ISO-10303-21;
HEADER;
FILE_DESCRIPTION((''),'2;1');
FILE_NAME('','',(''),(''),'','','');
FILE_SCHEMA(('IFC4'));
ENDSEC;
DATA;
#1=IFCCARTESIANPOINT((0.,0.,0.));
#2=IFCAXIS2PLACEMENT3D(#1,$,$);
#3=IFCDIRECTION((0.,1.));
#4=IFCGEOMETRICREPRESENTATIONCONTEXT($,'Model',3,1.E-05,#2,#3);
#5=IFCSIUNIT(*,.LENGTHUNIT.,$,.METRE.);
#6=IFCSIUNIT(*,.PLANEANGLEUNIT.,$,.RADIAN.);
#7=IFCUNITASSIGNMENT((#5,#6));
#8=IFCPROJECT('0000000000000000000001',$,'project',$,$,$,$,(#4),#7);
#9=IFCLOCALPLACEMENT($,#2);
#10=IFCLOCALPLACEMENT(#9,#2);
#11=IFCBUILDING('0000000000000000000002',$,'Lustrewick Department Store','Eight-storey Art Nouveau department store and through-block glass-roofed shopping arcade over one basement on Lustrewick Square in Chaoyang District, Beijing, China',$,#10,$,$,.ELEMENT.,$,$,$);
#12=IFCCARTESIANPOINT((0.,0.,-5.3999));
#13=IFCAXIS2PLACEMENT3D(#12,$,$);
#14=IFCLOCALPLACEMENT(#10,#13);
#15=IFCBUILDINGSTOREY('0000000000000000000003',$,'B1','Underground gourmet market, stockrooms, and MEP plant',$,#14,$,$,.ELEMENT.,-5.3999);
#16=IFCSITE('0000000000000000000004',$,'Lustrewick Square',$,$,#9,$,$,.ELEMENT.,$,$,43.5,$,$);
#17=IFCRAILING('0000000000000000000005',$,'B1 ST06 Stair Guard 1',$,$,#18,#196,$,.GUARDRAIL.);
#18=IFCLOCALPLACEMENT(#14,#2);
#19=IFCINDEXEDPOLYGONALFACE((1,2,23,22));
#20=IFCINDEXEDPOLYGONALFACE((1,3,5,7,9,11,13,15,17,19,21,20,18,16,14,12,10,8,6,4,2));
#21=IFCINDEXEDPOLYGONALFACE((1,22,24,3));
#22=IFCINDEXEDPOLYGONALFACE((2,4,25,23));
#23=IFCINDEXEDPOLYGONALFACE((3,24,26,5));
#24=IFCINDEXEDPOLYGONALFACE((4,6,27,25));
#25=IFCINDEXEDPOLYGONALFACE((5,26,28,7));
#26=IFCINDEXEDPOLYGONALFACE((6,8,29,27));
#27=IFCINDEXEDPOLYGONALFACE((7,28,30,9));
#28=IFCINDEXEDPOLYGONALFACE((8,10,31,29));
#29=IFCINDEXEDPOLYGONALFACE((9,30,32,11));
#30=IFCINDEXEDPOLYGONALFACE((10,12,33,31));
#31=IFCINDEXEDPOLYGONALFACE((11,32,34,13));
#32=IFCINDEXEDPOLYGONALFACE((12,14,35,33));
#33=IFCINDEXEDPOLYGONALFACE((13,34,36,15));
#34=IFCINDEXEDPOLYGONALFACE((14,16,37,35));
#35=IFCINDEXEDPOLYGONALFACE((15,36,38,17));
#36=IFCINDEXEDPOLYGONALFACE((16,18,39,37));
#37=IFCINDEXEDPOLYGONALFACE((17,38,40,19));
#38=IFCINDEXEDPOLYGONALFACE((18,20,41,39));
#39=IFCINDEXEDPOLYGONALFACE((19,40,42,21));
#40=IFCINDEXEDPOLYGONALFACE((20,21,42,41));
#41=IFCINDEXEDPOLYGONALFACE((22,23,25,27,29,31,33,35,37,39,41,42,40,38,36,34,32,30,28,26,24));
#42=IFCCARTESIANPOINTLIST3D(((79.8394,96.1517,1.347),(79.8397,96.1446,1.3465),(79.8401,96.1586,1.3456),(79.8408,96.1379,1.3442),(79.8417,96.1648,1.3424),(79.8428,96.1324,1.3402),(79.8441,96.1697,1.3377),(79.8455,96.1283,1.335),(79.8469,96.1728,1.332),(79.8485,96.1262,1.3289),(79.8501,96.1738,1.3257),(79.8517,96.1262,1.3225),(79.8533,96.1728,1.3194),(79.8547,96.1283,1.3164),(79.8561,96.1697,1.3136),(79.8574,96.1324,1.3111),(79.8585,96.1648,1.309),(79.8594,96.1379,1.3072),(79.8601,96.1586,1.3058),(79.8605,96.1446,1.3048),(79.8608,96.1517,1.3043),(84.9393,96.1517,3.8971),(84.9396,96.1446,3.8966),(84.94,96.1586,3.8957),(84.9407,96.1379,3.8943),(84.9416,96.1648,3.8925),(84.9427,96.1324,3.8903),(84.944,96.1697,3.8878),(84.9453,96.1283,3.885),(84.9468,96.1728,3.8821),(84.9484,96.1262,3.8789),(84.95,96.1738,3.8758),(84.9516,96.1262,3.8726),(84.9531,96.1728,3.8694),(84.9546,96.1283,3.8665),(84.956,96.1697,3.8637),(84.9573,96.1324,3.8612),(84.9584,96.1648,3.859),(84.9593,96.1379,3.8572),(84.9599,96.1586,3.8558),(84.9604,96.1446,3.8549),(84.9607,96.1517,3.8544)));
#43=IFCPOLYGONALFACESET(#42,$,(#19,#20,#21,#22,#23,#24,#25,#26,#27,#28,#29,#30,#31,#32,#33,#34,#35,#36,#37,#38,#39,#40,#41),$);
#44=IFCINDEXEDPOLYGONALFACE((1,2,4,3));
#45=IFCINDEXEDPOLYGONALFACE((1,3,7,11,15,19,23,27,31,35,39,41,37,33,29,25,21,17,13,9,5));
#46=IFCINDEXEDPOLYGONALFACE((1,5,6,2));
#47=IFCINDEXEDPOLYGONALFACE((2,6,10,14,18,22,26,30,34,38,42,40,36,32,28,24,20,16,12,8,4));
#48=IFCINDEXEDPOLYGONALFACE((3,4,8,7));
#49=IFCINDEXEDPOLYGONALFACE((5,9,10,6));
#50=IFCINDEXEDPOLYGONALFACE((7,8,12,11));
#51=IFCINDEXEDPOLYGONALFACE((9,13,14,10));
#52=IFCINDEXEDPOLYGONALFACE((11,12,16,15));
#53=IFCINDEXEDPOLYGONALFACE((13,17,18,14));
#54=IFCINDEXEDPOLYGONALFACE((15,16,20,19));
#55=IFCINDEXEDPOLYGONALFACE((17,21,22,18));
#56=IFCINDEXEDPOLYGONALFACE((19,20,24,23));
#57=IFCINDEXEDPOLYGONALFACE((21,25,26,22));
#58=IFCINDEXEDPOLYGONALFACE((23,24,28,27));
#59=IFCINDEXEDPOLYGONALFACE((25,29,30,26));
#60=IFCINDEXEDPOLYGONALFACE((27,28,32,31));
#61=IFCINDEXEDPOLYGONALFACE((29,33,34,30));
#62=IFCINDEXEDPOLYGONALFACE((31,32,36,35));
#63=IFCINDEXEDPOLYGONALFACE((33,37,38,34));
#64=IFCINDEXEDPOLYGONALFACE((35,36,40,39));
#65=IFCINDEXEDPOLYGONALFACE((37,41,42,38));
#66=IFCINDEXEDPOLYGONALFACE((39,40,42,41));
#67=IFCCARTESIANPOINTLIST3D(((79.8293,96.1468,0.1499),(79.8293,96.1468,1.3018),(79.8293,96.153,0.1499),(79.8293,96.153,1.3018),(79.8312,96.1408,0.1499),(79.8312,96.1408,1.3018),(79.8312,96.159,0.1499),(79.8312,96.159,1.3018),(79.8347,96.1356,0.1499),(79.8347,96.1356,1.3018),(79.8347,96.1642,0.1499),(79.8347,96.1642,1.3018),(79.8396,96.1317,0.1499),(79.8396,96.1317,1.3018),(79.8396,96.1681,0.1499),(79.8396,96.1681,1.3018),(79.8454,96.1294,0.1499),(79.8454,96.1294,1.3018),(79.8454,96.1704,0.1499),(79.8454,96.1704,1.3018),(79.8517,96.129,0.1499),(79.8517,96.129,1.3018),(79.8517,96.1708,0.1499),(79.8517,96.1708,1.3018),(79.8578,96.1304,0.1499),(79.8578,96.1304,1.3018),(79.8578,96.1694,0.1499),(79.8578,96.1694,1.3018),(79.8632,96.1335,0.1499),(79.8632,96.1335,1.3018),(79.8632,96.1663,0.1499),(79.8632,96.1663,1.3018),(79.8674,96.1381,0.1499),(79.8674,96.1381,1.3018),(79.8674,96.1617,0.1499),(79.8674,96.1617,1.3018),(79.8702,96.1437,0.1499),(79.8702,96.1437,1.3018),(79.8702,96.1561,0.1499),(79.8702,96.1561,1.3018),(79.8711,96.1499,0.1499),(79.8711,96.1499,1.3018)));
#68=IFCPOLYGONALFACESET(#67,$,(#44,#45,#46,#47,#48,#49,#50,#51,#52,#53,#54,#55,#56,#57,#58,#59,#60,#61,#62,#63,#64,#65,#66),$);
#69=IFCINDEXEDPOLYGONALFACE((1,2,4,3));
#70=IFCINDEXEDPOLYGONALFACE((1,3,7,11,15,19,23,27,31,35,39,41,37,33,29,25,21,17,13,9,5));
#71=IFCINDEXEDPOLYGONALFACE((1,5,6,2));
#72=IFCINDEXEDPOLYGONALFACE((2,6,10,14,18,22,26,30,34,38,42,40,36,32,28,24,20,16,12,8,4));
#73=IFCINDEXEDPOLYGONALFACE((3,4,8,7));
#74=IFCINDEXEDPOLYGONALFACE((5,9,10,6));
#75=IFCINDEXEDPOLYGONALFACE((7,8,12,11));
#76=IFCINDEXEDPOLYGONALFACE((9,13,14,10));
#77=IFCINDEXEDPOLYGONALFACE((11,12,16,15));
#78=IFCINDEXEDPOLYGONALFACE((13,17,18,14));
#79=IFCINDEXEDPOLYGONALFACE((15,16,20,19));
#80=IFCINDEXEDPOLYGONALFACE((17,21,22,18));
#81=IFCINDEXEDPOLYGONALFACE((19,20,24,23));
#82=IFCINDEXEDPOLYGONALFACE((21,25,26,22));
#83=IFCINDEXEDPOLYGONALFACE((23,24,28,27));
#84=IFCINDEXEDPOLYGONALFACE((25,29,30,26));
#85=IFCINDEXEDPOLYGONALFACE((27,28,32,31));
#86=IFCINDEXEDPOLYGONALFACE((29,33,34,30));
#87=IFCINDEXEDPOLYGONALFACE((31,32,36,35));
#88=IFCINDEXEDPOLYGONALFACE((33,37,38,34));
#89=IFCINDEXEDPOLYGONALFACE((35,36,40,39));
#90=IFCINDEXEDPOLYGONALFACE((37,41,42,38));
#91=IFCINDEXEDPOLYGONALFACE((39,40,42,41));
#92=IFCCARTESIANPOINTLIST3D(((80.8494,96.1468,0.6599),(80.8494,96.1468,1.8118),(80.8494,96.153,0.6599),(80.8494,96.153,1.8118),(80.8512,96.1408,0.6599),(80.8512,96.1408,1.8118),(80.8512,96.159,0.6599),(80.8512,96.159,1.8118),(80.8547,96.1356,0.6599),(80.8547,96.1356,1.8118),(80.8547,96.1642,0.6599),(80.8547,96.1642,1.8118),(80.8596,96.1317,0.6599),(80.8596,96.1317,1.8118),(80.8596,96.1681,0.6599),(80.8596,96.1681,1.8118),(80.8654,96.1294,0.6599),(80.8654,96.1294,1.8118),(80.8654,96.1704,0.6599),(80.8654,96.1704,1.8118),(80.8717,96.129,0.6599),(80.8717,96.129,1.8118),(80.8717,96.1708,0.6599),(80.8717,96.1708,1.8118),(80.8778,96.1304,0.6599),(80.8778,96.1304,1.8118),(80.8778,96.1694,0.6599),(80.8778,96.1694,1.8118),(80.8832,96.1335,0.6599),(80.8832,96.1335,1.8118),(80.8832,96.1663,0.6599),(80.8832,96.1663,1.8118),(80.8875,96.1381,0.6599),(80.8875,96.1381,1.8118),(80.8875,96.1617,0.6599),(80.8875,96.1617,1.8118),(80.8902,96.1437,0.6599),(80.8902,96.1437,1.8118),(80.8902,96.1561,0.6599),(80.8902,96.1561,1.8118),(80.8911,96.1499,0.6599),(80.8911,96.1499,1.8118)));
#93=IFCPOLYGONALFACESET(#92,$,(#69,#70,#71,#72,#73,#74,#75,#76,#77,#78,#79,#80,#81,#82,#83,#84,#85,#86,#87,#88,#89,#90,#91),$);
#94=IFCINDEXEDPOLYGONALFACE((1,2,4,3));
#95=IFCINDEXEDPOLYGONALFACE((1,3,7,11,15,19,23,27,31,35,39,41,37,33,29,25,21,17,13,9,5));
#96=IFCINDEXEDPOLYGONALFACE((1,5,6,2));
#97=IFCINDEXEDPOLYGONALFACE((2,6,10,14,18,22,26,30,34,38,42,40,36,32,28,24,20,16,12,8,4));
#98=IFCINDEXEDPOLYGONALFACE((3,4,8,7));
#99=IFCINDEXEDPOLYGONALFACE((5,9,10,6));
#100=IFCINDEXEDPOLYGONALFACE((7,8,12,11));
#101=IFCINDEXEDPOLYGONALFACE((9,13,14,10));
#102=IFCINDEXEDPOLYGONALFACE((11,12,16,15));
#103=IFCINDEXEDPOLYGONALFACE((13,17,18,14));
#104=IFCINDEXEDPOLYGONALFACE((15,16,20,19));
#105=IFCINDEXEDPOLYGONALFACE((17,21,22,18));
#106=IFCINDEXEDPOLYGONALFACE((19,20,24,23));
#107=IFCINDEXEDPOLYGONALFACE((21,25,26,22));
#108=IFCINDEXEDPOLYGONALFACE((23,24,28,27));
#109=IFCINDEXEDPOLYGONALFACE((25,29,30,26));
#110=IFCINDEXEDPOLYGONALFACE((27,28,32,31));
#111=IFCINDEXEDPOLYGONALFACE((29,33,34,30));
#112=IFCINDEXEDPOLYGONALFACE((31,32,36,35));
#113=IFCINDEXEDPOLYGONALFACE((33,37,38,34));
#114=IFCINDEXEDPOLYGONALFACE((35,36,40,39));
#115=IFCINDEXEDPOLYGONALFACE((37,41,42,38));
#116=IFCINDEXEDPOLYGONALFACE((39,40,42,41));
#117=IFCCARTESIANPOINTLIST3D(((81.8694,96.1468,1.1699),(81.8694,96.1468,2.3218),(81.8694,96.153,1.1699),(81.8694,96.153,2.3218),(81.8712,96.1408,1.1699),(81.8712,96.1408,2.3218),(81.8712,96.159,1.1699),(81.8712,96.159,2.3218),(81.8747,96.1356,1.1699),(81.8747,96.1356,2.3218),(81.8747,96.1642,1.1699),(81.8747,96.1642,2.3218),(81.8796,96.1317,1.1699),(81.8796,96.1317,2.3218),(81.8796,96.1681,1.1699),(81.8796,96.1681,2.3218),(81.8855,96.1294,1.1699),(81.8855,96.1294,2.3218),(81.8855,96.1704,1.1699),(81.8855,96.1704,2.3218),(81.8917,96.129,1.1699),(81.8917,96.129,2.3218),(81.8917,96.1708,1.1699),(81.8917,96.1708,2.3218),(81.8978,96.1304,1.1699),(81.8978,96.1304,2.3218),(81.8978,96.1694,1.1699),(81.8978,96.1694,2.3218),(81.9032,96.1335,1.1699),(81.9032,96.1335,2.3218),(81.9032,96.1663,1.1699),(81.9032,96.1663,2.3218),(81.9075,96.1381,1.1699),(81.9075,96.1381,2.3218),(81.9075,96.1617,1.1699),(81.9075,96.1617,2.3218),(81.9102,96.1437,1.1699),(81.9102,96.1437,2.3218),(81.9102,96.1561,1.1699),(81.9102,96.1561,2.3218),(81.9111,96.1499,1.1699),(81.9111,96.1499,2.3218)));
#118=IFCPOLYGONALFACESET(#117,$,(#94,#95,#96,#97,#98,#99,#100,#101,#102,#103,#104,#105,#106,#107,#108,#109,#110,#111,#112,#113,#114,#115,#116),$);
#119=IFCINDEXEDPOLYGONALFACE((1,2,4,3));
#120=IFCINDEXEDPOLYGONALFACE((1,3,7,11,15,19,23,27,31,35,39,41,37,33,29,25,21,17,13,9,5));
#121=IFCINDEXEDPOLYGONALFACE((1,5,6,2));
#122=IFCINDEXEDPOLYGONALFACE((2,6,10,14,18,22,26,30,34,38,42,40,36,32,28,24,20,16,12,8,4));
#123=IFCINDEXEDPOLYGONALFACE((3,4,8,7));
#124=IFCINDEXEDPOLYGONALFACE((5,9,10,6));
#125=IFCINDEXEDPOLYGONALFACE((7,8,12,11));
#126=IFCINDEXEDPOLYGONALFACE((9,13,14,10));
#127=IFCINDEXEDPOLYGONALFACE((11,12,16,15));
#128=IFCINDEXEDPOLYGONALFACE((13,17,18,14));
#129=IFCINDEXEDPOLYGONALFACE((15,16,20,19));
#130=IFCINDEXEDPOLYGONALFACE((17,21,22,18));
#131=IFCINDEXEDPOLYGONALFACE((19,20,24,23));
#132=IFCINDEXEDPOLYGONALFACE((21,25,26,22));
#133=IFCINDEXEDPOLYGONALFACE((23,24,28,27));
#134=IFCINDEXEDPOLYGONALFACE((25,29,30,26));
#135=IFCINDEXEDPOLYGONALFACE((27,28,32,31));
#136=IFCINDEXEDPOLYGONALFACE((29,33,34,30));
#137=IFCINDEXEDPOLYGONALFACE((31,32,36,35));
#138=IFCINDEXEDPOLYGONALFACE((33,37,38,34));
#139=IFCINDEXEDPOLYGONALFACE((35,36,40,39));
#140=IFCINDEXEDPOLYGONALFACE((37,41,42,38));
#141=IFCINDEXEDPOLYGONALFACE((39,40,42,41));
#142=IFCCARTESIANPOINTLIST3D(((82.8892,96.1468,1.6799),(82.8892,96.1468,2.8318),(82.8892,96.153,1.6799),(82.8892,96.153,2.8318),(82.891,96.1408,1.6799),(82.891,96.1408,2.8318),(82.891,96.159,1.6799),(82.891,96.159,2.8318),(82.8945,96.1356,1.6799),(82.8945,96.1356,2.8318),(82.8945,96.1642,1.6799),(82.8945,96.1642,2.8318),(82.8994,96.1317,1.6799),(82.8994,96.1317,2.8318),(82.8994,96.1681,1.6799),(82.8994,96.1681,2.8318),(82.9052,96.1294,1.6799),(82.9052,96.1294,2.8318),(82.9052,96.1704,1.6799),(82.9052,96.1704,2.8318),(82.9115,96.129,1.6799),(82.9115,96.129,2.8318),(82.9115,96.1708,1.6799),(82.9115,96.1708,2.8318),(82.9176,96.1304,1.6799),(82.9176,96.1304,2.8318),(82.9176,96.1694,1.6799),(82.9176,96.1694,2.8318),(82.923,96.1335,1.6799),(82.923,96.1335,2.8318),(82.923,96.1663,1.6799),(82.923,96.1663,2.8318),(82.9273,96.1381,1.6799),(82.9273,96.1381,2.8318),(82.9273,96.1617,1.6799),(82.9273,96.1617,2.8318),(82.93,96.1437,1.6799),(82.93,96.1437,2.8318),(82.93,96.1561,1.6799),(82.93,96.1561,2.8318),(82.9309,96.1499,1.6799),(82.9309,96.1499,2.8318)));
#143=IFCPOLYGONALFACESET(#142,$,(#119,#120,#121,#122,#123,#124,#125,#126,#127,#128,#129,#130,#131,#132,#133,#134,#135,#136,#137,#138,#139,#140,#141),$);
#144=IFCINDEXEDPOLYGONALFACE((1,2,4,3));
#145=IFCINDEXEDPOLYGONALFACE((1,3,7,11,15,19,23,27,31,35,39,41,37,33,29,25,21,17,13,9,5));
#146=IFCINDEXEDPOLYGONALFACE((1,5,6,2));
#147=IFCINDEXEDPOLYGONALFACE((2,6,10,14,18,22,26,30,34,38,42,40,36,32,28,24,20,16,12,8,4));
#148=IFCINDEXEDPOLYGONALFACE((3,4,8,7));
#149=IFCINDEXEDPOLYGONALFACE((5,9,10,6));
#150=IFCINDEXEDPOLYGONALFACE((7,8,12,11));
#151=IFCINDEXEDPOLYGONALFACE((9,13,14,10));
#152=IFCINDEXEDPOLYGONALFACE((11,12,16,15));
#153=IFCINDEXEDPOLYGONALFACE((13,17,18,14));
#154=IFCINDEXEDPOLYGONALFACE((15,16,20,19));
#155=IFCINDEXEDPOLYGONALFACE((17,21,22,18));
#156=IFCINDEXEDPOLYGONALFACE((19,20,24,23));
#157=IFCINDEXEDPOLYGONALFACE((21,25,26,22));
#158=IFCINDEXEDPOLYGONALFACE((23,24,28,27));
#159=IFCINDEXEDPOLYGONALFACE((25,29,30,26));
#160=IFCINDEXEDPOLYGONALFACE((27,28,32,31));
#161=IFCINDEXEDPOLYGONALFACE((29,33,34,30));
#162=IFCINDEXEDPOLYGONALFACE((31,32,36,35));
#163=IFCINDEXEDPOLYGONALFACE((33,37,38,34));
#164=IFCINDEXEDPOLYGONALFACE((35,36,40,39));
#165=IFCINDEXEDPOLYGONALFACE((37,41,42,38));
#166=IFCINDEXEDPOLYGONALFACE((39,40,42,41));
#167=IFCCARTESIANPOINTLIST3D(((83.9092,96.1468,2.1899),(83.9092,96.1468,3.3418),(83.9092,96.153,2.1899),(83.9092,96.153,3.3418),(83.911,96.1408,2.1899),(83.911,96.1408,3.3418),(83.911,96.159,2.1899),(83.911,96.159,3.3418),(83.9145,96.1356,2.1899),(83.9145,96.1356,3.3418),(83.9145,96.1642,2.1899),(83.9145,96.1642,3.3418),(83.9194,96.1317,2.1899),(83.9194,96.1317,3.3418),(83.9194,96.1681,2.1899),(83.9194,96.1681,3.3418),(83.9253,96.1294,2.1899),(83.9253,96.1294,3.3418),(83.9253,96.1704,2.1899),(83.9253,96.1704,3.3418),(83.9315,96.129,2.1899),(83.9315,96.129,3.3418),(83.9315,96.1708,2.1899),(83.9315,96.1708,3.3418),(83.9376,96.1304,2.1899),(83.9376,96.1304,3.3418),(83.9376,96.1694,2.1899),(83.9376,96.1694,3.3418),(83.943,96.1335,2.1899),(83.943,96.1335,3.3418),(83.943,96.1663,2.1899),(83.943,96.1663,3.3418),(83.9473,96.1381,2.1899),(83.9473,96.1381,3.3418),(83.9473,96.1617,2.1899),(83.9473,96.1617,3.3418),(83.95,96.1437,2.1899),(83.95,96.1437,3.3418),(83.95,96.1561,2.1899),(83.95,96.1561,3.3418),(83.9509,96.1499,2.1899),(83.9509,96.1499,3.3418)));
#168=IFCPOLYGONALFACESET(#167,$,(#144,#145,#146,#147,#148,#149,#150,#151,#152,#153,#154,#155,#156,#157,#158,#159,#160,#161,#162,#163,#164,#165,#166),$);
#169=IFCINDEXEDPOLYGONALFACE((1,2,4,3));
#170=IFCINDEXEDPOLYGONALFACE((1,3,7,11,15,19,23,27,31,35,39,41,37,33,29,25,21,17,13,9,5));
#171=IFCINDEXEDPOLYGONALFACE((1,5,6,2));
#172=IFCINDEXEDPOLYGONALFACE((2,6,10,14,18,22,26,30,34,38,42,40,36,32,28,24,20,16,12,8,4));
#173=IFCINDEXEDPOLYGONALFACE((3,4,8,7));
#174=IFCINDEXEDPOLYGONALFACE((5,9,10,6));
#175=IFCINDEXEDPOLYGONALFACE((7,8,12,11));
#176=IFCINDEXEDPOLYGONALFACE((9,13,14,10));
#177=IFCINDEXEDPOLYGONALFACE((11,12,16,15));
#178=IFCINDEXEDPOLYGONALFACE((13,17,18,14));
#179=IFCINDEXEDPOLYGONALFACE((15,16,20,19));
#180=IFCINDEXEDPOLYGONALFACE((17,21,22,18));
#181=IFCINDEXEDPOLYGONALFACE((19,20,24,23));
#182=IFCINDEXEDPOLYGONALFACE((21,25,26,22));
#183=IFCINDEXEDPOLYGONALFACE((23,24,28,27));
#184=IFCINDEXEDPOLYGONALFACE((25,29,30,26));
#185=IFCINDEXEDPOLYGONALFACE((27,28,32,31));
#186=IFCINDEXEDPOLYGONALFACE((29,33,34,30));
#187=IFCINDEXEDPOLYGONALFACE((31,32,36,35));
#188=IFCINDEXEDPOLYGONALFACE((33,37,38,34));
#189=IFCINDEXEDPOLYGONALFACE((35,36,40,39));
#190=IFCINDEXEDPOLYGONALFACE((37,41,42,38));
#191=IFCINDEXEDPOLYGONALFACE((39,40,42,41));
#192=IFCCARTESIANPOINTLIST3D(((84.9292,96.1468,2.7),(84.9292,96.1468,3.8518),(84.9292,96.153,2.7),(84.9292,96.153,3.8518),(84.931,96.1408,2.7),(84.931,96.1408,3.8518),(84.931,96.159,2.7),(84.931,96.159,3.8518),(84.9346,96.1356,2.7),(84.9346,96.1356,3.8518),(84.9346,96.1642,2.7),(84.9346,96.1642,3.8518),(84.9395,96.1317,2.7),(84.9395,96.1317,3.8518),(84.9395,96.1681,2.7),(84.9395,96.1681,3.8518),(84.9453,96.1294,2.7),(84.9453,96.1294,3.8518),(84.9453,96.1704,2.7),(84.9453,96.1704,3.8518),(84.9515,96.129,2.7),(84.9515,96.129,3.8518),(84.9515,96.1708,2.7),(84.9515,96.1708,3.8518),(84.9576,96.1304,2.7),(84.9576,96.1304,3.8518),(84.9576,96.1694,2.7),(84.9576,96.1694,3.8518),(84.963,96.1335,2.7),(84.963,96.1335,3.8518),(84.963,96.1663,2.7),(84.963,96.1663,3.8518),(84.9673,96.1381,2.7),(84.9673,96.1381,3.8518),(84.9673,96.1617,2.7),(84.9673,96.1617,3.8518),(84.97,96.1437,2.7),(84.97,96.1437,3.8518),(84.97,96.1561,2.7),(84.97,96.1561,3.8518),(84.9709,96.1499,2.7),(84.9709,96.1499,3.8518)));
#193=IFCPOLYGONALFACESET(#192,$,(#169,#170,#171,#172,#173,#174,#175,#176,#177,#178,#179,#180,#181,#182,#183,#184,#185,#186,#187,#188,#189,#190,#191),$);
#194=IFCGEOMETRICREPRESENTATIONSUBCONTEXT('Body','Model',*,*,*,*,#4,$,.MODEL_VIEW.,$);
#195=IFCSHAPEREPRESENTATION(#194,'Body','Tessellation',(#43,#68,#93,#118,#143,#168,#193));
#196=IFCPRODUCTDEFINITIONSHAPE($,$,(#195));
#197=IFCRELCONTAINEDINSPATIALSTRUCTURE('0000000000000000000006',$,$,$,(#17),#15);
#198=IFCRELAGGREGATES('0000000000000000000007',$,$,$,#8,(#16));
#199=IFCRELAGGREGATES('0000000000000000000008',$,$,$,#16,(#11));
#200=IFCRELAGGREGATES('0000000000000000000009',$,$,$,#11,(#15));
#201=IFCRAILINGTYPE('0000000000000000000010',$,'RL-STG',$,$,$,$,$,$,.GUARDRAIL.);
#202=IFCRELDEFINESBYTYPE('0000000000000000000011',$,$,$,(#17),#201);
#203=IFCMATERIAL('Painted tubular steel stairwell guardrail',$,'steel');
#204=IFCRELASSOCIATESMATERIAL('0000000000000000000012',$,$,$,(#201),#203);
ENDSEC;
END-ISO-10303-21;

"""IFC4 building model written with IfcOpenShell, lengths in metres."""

from ifc_helpers import new_model, si_unit, direction, frame, origin, origin_2d, place, context, subcontext, project, spatial, circle, extrude, material, type_object, element, save


model = new_model("IFC4")

# Units and contexts
model_context = context("Model", 3, precision=1e-05, world=origin(), true_north=direction((0.0, 1.0)))
body_context = subcontext(model_context, "Body", "Model", "MODEL_VIEW")
ifc_project = project(units=[si_unit("LENGTHUNIT", "METRE"), si_unit("PLANEANGLEUNIT", "RADIAN")], contexts=[model_context])

# Site, building, storey
site_placement = place(None, origin())
site = spatial("IfcSite", under=ifc_project, at=site_placement, Name="Lustrewick Square", CompositionType="ELEMENT", RefElevation=43.5)
building_placement = place(site_placement, origin())
building = spatial("IfcBuilding", under=site, at=building_placement, Name="Lustrewick Department Store", Description="Eight-storey Art Nouveau department store and through-block glass-roofed shopping arcade over one basement on Lustrewick Square in Chaoyang District, Beijing, China", CompositionType="ELEMENT")
storey_placement = place(building_placement, frame((0.0, 0.0, -5.3999)))
storey = spatial("IfcBuildingStorey", under=building, at=storey_placement, Name="B1", Description="Underground gourmet market, stockrooms, and MEP plant", CompositionType="ELEMENT", Elevation=-5.3999)

# Railing
ifc_material_1 = material(Name="Painted tubular steel stairwell guardrail", Category="steel")
railing_type_1 = type_object("IfcRailingType", Name="RL-STG", PredefinedType="GUARDRAIL", material=ifc_material_1)
railing_1_placement = place(storey_placement, frame((79.8501, 96.1499, 0.1499)))
element("IfcRailing", 1, at=railing_1_placement, inside=storey, type_object=railing_type_1, Name="B1 ST06 Stair Guard 1", PredefinedType="GUARDRAIL", context=body_context, shape_type="SweptSolid", body=[
    extrude(circle(Radius=0.0239, at=origin_2d()), frame((0.0, 0.0, 1.1758), z_axis=(0.894419, 0.0, 0.447231), x_axis=(0.0, 1.0, 0.0)), (0.0, 0.0, 1.0), 5.7019),
    extrude(circle(Radius=0.021, at=origin_2d()), origin(), (0.0, 0.0, 1.0), 1.1519),
    extrude(circle(Radius=0.021, at=origin_2d()), frame((1.02, 0.0, 0.51)), (0.0, 0.0, 1.0), 1.1519),
    extrude(circle(Radius=0.021, at=origin_2d()), frame((2.04, 0.0, 1.02)), (0.0, 0.0, 1.0), 1.1519),
    extrude(circle(Radius=0.021, at=origin_2d()), frame((3.0598, 0.0, 1.53)), (0.0, 0.0, 1.0), 1.1519),
    extrude(circle(Radius=0.021, at=origin_2d()), frame((4.0798, 0.0, 2.04)), (0.0, 0.0, 1.0), 1.1519),
    extrude(circle(Radius=0.021, at=origin_2d()), frame((5.0999, 0.0, 2.55)), (0.0, 0.0, 1.0), 1.1519),
])

save(model, "model.ifc")
